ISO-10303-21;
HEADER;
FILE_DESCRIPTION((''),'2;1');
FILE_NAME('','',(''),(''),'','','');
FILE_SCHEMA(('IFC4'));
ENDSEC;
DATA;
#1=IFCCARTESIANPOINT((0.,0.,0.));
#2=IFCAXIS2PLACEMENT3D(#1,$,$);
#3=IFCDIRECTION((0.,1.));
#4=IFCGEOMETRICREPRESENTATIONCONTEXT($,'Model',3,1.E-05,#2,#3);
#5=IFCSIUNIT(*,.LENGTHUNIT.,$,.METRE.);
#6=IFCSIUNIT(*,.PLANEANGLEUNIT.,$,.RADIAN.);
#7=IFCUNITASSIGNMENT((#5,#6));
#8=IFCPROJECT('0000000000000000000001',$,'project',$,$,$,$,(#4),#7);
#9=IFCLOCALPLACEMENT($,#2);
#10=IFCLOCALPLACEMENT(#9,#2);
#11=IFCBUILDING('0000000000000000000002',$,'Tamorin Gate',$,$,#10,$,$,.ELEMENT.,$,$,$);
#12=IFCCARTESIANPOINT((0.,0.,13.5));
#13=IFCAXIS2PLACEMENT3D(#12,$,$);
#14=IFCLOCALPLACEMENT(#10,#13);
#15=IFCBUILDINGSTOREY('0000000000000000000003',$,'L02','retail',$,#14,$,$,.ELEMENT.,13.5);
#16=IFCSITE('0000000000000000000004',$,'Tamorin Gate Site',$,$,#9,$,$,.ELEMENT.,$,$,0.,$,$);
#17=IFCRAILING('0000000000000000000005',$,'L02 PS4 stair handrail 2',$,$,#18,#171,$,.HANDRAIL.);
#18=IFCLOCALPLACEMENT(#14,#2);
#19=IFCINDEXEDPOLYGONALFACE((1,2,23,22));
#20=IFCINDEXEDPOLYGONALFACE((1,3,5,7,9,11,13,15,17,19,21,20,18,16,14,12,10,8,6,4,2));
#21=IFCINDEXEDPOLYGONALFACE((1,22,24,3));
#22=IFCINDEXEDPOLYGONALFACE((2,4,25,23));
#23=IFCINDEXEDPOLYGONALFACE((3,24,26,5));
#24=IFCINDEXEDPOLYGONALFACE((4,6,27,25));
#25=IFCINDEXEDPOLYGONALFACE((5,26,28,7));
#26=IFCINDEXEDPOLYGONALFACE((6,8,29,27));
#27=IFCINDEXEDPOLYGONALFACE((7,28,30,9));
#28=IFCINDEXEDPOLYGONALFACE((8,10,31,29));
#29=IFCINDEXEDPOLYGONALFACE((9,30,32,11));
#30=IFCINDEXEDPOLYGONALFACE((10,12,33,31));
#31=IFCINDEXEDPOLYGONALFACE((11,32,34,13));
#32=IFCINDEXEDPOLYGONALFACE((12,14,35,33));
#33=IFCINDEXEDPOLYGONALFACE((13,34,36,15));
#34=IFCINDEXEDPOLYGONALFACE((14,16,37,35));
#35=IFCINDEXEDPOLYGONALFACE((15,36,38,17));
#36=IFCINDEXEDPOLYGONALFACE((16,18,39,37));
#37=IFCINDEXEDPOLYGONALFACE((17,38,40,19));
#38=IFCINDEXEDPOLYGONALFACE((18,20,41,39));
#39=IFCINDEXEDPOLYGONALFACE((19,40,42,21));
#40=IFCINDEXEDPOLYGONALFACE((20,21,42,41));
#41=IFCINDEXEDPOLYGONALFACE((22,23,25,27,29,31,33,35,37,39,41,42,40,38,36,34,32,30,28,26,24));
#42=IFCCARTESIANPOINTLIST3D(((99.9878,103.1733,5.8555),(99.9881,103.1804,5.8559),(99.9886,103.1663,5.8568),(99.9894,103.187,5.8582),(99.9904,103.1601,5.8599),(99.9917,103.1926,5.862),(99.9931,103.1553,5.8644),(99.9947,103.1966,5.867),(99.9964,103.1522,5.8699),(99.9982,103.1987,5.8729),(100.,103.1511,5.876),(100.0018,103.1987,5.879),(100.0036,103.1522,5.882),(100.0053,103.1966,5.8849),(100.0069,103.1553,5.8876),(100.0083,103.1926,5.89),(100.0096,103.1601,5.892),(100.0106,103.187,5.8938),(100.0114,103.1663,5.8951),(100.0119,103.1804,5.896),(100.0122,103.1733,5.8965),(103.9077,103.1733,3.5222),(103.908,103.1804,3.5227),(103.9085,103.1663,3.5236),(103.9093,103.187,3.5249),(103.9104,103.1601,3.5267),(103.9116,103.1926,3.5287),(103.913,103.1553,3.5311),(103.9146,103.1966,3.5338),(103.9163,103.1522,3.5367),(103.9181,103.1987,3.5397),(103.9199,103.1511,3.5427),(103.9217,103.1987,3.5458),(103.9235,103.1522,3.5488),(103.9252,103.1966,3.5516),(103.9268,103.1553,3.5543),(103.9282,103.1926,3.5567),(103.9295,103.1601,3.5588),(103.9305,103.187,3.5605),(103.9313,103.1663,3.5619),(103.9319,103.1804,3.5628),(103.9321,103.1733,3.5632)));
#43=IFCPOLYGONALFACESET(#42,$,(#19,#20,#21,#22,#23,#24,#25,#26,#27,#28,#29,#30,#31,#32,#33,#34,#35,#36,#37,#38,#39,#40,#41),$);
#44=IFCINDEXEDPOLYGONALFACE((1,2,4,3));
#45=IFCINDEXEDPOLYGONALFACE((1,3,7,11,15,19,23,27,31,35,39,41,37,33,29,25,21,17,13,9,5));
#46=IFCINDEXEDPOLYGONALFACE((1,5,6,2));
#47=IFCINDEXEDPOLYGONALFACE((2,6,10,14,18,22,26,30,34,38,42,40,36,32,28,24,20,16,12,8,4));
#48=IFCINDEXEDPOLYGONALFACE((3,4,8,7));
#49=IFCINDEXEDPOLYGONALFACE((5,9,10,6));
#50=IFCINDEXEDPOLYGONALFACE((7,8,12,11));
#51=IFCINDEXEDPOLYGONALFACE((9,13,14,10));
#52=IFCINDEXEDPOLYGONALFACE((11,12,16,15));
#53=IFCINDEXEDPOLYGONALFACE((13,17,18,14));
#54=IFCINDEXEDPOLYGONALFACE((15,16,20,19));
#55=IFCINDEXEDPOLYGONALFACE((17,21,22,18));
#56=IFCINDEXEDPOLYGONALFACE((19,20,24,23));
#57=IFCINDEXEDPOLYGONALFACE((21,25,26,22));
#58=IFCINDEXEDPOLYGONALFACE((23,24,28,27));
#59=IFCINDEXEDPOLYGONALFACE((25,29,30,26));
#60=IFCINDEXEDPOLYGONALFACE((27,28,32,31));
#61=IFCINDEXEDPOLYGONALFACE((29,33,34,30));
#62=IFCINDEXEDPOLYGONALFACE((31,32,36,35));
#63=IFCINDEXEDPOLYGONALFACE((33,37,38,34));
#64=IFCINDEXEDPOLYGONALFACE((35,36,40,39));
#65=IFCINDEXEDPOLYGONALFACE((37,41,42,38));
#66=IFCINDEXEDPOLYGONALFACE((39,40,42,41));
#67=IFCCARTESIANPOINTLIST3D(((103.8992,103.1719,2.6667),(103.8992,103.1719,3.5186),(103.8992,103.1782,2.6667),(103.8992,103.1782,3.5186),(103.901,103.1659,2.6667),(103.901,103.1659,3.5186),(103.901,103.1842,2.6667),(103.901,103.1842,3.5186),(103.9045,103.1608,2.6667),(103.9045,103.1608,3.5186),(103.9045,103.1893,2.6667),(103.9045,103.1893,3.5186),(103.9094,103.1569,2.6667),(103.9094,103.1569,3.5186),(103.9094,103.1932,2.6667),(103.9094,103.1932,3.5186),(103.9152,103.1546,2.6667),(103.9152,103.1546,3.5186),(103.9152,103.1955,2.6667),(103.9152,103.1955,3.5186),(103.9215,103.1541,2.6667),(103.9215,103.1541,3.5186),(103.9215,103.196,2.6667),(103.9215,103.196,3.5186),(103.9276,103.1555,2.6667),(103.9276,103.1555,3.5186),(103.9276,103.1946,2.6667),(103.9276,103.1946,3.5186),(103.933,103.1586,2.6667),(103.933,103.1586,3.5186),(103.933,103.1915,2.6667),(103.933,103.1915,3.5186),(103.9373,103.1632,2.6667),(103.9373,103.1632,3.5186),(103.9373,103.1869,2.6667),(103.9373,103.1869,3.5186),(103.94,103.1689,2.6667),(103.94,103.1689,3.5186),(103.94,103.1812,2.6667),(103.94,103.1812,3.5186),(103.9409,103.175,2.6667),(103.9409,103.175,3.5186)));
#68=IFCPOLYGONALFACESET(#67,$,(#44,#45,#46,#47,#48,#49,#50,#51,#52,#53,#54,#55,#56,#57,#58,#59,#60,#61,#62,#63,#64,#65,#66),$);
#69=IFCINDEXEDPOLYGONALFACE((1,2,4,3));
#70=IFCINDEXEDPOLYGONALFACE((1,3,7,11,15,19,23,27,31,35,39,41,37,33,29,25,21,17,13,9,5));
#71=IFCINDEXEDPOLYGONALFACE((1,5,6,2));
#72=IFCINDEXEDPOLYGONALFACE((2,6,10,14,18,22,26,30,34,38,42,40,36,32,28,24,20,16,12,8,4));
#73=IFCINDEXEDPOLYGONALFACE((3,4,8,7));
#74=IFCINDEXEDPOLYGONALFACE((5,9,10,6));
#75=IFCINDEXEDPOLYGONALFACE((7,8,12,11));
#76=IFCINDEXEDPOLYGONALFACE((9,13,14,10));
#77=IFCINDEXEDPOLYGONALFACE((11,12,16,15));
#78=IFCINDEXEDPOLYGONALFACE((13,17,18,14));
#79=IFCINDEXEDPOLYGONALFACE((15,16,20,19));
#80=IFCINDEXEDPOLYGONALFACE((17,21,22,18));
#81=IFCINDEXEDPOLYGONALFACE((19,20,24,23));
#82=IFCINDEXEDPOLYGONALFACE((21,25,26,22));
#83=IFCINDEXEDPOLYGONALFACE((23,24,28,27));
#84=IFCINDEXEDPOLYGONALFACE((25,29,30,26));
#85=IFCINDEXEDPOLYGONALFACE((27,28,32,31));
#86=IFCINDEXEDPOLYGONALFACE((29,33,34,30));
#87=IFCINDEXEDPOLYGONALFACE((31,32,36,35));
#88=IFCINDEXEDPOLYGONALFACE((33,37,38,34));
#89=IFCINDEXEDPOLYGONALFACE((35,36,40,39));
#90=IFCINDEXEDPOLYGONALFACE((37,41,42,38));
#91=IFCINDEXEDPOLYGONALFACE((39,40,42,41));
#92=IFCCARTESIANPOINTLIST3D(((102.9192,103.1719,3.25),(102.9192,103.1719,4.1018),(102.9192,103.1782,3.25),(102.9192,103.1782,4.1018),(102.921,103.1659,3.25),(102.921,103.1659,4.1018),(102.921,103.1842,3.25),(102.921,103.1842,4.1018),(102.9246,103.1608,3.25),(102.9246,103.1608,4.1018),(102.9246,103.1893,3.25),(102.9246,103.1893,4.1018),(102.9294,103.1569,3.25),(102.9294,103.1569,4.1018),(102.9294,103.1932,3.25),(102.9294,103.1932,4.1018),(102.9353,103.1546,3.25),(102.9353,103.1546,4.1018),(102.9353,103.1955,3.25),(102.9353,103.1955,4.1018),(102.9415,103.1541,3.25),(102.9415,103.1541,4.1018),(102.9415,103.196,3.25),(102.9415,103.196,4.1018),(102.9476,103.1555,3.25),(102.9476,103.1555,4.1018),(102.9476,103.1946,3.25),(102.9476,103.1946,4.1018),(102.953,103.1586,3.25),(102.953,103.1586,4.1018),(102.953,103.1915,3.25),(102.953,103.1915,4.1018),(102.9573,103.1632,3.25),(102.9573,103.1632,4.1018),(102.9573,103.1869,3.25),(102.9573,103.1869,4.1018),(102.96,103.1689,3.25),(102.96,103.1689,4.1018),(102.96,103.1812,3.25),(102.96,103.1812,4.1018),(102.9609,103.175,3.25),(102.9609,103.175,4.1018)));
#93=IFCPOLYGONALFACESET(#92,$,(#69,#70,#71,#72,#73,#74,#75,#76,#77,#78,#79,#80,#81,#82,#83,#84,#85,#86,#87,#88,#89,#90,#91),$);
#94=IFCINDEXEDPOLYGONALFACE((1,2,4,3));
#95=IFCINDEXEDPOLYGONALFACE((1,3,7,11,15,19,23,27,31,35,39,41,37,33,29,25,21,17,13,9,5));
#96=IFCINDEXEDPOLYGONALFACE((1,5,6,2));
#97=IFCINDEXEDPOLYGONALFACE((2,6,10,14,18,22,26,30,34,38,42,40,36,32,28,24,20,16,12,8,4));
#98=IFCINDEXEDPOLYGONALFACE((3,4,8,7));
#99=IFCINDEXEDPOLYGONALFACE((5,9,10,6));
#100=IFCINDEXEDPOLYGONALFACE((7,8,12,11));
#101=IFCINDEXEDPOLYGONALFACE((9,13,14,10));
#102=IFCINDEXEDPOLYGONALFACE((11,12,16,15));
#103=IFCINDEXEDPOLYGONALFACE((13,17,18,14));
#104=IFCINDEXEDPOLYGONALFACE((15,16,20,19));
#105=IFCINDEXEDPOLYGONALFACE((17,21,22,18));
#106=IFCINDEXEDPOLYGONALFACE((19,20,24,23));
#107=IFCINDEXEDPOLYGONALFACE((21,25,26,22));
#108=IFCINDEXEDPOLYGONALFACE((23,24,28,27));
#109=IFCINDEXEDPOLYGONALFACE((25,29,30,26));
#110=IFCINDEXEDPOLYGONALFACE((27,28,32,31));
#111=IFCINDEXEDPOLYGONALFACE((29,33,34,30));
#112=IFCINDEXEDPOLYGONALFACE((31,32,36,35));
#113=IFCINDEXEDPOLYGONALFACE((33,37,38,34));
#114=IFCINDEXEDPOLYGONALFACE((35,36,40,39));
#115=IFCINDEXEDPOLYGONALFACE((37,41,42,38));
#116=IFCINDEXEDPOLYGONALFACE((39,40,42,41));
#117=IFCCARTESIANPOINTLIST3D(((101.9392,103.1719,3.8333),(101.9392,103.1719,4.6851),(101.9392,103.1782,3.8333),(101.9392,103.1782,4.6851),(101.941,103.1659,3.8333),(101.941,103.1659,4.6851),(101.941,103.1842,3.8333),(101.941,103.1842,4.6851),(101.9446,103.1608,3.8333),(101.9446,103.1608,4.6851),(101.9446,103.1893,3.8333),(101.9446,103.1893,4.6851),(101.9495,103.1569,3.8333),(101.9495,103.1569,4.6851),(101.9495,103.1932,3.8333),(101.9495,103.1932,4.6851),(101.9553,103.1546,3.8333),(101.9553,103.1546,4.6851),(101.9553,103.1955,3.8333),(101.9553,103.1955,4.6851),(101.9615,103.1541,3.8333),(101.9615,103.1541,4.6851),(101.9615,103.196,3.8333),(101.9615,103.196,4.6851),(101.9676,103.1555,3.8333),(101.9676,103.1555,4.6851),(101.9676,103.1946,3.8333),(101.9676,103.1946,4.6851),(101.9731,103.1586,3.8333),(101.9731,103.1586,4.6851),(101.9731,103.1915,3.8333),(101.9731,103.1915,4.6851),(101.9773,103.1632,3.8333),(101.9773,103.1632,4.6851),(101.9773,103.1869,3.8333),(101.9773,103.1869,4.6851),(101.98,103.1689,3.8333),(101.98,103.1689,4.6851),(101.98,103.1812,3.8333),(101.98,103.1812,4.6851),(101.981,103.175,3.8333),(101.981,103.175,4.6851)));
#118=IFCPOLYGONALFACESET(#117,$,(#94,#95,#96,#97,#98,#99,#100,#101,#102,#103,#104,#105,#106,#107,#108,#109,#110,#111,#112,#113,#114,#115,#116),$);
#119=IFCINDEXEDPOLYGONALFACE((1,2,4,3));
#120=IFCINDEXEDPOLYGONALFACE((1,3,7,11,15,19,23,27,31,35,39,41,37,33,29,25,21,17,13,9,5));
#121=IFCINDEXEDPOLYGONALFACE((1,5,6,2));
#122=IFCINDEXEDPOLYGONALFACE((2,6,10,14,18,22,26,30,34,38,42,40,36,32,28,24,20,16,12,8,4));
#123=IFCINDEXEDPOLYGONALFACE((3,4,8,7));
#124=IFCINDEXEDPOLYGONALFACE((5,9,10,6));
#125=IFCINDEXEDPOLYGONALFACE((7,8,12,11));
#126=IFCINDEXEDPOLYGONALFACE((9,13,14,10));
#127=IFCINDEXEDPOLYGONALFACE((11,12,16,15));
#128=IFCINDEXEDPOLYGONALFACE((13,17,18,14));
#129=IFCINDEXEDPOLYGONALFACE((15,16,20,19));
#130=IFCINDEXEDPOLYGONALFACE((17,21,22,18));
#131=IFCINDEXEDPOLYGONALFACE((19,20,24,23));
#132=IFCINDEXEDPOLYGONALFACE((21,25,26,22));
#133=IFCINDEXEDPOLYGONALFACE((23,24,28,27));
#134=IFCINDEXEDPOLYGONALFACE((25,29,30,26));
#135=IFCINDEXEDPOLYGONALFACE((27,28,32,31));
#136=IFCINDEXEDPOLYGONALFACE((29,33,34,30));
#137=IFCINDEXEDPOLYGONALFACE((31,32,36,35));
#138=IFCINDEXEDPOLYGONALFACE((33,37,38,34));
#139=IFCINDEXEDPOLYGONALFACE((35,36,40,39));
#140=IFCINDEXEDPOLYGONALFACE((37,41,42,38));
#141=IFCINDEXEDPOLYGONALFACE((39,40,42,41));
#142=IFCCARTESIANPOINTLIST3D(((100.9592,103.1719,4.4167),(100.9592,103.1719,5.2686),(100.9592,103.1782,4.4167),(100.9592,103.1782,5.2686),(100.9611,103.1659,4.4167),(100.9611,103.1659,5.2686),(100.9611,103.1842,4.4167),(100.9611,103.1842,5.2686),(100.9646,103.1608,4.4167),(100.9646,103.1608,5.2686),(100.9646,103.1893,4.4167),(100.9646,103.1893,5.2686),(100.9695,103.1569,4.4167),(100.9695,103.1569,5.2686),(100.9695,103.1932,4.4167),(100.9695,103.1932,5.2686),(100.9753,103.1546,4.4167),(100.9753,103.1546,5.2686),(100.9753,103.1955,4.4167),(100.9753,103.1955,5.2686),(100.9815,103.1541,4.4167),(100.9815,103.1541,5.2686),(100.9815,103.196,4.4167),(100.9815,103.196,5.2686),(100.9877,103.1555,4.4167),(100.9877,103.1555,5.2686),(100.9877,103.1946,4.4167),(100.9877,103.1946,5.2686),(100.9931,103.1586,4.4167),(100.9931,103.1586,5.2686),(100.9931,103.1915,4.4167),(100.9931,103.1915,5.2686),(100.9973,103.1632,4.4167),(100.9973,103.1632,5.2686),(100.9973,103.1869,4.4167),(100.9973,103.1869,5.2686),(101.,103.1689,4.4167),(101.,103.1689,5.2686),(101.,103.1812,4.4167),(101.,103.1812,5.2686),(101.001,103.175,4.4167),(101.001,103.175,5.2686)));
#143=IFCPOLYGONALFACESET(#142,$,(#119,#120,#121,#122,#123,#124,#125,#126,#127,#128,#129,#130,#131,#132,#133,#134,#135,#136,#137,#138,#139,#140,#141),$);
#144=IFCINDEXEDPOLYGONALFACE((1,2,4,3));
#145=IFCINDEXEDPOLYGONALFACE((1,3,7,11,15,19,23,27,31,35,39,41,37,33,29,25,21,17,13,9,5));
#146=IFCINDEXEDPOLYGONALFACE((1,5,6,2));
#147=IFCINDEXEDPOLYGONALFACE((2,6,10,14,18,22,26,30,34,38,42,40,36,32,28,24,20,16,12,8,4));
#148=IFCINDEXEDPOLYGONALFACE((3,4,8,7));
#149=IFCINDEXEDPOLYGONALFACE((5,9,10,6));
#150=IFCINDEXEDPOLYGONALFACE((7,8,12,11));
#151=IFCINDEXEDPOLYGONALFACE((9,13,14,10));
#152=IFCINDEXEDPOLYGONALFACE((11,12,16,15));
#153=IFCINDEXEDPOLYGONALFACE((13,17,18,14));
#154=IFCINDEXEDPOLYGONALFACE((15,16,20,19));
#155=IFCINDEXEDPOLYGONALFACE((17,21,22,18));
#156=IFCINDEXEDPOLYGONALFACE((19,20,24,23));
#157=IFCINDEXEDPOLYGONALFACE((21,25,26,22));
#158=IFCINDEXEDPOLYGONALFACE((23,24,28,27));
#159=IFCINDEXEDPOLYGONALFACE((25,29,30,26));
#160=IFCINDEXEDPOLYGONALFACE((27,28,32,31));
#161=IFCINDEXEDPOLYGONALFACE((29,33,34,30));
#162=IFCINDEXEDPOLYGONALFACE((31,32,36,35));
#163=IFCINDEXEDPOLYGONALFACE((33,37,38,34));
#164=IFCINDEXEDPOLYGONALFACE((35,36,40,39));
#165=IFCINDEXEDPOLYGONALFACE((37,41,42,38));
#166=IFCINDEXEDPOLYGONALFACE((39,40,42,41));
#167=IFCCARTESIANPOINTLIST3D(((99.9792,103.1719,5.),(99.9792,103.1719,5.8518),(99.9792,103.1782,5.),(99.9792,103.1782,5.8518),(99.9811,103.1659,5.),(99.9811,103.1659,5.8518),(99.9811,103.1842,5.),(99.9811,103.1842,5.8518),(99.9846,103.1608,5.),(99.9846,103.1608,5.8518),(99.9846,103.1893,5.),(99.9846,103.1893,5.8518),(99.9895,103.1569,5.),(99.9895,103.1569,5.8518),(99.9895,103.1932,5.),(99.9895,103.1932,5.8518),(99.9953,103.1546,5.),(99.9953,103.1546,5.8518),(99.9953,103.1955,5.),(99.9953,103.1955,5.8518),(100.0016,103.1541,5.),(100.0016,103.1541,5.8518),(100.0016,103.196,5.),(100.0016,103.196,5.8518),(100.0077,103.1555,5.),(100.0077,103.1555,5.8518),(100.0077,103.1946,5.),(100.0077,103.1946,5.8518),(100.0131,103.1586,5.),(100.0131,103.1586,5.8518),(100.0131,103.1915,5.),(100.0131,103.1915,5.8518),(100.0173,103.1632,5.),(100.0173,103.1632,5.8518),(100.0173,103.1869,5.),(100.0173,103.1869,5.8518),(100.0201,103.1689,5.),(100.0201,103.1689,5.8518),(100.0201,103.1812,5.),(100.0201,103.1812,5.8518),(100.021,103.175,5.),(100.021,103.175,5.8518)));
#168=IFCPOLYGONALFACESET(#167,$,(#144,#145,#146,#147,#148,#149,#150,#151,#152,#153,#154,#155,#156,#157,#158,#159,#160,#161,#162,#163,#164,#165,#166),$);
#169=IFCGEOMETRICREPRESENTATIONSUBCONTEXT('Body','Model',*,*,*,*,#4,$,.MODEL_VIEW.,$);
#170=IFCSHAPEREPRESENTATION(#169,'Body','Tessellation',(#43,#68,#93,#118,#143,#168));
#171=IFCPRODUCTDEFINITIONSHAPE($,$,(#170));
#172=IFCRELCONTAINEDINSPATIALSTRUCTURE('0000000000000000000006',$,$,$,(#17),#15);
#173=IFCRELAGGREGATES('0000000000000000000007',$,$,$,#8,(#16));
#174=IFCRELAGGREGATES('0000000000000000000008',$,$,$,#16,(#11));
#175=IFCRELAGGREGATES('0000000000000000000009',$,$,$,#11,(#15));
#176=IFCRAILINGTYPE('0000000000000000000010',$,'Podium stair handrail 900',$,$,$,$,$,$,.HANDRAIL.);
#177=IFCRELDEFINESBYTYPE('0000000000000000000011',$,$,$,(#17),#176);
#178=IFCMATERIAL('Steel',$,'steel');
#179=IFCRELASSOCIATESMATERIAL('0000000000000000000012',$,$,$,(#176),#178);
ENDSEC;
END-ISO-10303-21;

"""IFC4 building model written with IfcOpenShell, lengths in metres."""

from ifc_helpers import new_model, si_unit, direction, frame, origin, origin_2d, place, context, subcontext, project, spatial, circle, extrude, material, type_object, element, save


model = new_model("IFC4")

# Units and contexts
model_context = context("Model", 3, precision=1e-05, world=origin(), true_north=direction((0.0, 1.0)))
body_context = subcontext(model_context, "Body", "Model", "MODEL_VIEW")
ifc_project = project(units=[si_unit("LENGTHUNIT", "METRE"), si_unit("PLANEANGLEUNIT", "RADIAN")], contexts=[model_context])

# Site, building, storey
site_placement = place(None, origin())
site = spatial("IfcSite", under=ifc_project, at=site_placement, Name="Tamorin Gate Site", CompositionType="ELEMENT", RefElevation=0.0)
building_placement = place(site_placement, origin())
building = spatial("IfcBuilding", under=site, at=building_placement, Name="Tamorin Gate", CompositionType="ELEMENT")
storey_placement = place(building_placement, frame((0.0, 0.0, 13.5)))
storey = spatial("IfcBuildingStorey", under=building, at=storey_placement, Name="L02", Description="retail", CompositionType="ELEMENT", Elevation=13.5)

# Railing
ifc_material_1 = material(Name="Steel", Category="steel")
railing_type_1 = type_object("IfcRailingType", Name="Podium stair handrail 900", PredefinedType="HANDRAIL", material=ifc_material_1)
railing_1_placement = place(storey_placement, frame((103.9199, 103.175, 2.6667)))
element("IfcRailing", 1, at=railing_1_placement, inside=storey, type_object=railing_type_1, Name="L02 PS4 stair handrail 2", PredefinedType="HANDRAIL", context=body_context, shape_type="SweptSolid", body=[
    extrude(circle(Radius=0.0239, at=origin_2d()), frame((0.0, 0.0, 0.876), z_axis=(-0.859296, 0.0, 0.511478), x_axis=(0.0, -1.0, 0.0)), (0.0, 0.0, 1.0), 4.5618),
    extrude(circle(Radius=0.021, at=origin_2d()), origin(), (0.0, 0.0, 1.0), 0.8518),
    extrude(circle(Radius=0.021, at=origin_2d()), frame((-0.98, 0.0, 0.5833)), (0.0, 0.0, 1.0), 0.8518),
    extrude(circle(Radius=0.021, at=origin_2d()), frame((-1.96, 0.0, 1.1665)), (0.0, 0.0, 1.0), 0.8518),
    extrude(circle(Radius=0.021, at=origin_2d()), frame((-2.9399, 0.0, 1.75)), (0.0, 0.0, 1.0), 0.8518),
    extrude(circle(Radius=0.021, at=origin_2d()), frame((-3.9199, 0.0, 2.3333)), (0.0, 0.0, 1.0), 0.8518),
])

save(model, "model.ifc")
